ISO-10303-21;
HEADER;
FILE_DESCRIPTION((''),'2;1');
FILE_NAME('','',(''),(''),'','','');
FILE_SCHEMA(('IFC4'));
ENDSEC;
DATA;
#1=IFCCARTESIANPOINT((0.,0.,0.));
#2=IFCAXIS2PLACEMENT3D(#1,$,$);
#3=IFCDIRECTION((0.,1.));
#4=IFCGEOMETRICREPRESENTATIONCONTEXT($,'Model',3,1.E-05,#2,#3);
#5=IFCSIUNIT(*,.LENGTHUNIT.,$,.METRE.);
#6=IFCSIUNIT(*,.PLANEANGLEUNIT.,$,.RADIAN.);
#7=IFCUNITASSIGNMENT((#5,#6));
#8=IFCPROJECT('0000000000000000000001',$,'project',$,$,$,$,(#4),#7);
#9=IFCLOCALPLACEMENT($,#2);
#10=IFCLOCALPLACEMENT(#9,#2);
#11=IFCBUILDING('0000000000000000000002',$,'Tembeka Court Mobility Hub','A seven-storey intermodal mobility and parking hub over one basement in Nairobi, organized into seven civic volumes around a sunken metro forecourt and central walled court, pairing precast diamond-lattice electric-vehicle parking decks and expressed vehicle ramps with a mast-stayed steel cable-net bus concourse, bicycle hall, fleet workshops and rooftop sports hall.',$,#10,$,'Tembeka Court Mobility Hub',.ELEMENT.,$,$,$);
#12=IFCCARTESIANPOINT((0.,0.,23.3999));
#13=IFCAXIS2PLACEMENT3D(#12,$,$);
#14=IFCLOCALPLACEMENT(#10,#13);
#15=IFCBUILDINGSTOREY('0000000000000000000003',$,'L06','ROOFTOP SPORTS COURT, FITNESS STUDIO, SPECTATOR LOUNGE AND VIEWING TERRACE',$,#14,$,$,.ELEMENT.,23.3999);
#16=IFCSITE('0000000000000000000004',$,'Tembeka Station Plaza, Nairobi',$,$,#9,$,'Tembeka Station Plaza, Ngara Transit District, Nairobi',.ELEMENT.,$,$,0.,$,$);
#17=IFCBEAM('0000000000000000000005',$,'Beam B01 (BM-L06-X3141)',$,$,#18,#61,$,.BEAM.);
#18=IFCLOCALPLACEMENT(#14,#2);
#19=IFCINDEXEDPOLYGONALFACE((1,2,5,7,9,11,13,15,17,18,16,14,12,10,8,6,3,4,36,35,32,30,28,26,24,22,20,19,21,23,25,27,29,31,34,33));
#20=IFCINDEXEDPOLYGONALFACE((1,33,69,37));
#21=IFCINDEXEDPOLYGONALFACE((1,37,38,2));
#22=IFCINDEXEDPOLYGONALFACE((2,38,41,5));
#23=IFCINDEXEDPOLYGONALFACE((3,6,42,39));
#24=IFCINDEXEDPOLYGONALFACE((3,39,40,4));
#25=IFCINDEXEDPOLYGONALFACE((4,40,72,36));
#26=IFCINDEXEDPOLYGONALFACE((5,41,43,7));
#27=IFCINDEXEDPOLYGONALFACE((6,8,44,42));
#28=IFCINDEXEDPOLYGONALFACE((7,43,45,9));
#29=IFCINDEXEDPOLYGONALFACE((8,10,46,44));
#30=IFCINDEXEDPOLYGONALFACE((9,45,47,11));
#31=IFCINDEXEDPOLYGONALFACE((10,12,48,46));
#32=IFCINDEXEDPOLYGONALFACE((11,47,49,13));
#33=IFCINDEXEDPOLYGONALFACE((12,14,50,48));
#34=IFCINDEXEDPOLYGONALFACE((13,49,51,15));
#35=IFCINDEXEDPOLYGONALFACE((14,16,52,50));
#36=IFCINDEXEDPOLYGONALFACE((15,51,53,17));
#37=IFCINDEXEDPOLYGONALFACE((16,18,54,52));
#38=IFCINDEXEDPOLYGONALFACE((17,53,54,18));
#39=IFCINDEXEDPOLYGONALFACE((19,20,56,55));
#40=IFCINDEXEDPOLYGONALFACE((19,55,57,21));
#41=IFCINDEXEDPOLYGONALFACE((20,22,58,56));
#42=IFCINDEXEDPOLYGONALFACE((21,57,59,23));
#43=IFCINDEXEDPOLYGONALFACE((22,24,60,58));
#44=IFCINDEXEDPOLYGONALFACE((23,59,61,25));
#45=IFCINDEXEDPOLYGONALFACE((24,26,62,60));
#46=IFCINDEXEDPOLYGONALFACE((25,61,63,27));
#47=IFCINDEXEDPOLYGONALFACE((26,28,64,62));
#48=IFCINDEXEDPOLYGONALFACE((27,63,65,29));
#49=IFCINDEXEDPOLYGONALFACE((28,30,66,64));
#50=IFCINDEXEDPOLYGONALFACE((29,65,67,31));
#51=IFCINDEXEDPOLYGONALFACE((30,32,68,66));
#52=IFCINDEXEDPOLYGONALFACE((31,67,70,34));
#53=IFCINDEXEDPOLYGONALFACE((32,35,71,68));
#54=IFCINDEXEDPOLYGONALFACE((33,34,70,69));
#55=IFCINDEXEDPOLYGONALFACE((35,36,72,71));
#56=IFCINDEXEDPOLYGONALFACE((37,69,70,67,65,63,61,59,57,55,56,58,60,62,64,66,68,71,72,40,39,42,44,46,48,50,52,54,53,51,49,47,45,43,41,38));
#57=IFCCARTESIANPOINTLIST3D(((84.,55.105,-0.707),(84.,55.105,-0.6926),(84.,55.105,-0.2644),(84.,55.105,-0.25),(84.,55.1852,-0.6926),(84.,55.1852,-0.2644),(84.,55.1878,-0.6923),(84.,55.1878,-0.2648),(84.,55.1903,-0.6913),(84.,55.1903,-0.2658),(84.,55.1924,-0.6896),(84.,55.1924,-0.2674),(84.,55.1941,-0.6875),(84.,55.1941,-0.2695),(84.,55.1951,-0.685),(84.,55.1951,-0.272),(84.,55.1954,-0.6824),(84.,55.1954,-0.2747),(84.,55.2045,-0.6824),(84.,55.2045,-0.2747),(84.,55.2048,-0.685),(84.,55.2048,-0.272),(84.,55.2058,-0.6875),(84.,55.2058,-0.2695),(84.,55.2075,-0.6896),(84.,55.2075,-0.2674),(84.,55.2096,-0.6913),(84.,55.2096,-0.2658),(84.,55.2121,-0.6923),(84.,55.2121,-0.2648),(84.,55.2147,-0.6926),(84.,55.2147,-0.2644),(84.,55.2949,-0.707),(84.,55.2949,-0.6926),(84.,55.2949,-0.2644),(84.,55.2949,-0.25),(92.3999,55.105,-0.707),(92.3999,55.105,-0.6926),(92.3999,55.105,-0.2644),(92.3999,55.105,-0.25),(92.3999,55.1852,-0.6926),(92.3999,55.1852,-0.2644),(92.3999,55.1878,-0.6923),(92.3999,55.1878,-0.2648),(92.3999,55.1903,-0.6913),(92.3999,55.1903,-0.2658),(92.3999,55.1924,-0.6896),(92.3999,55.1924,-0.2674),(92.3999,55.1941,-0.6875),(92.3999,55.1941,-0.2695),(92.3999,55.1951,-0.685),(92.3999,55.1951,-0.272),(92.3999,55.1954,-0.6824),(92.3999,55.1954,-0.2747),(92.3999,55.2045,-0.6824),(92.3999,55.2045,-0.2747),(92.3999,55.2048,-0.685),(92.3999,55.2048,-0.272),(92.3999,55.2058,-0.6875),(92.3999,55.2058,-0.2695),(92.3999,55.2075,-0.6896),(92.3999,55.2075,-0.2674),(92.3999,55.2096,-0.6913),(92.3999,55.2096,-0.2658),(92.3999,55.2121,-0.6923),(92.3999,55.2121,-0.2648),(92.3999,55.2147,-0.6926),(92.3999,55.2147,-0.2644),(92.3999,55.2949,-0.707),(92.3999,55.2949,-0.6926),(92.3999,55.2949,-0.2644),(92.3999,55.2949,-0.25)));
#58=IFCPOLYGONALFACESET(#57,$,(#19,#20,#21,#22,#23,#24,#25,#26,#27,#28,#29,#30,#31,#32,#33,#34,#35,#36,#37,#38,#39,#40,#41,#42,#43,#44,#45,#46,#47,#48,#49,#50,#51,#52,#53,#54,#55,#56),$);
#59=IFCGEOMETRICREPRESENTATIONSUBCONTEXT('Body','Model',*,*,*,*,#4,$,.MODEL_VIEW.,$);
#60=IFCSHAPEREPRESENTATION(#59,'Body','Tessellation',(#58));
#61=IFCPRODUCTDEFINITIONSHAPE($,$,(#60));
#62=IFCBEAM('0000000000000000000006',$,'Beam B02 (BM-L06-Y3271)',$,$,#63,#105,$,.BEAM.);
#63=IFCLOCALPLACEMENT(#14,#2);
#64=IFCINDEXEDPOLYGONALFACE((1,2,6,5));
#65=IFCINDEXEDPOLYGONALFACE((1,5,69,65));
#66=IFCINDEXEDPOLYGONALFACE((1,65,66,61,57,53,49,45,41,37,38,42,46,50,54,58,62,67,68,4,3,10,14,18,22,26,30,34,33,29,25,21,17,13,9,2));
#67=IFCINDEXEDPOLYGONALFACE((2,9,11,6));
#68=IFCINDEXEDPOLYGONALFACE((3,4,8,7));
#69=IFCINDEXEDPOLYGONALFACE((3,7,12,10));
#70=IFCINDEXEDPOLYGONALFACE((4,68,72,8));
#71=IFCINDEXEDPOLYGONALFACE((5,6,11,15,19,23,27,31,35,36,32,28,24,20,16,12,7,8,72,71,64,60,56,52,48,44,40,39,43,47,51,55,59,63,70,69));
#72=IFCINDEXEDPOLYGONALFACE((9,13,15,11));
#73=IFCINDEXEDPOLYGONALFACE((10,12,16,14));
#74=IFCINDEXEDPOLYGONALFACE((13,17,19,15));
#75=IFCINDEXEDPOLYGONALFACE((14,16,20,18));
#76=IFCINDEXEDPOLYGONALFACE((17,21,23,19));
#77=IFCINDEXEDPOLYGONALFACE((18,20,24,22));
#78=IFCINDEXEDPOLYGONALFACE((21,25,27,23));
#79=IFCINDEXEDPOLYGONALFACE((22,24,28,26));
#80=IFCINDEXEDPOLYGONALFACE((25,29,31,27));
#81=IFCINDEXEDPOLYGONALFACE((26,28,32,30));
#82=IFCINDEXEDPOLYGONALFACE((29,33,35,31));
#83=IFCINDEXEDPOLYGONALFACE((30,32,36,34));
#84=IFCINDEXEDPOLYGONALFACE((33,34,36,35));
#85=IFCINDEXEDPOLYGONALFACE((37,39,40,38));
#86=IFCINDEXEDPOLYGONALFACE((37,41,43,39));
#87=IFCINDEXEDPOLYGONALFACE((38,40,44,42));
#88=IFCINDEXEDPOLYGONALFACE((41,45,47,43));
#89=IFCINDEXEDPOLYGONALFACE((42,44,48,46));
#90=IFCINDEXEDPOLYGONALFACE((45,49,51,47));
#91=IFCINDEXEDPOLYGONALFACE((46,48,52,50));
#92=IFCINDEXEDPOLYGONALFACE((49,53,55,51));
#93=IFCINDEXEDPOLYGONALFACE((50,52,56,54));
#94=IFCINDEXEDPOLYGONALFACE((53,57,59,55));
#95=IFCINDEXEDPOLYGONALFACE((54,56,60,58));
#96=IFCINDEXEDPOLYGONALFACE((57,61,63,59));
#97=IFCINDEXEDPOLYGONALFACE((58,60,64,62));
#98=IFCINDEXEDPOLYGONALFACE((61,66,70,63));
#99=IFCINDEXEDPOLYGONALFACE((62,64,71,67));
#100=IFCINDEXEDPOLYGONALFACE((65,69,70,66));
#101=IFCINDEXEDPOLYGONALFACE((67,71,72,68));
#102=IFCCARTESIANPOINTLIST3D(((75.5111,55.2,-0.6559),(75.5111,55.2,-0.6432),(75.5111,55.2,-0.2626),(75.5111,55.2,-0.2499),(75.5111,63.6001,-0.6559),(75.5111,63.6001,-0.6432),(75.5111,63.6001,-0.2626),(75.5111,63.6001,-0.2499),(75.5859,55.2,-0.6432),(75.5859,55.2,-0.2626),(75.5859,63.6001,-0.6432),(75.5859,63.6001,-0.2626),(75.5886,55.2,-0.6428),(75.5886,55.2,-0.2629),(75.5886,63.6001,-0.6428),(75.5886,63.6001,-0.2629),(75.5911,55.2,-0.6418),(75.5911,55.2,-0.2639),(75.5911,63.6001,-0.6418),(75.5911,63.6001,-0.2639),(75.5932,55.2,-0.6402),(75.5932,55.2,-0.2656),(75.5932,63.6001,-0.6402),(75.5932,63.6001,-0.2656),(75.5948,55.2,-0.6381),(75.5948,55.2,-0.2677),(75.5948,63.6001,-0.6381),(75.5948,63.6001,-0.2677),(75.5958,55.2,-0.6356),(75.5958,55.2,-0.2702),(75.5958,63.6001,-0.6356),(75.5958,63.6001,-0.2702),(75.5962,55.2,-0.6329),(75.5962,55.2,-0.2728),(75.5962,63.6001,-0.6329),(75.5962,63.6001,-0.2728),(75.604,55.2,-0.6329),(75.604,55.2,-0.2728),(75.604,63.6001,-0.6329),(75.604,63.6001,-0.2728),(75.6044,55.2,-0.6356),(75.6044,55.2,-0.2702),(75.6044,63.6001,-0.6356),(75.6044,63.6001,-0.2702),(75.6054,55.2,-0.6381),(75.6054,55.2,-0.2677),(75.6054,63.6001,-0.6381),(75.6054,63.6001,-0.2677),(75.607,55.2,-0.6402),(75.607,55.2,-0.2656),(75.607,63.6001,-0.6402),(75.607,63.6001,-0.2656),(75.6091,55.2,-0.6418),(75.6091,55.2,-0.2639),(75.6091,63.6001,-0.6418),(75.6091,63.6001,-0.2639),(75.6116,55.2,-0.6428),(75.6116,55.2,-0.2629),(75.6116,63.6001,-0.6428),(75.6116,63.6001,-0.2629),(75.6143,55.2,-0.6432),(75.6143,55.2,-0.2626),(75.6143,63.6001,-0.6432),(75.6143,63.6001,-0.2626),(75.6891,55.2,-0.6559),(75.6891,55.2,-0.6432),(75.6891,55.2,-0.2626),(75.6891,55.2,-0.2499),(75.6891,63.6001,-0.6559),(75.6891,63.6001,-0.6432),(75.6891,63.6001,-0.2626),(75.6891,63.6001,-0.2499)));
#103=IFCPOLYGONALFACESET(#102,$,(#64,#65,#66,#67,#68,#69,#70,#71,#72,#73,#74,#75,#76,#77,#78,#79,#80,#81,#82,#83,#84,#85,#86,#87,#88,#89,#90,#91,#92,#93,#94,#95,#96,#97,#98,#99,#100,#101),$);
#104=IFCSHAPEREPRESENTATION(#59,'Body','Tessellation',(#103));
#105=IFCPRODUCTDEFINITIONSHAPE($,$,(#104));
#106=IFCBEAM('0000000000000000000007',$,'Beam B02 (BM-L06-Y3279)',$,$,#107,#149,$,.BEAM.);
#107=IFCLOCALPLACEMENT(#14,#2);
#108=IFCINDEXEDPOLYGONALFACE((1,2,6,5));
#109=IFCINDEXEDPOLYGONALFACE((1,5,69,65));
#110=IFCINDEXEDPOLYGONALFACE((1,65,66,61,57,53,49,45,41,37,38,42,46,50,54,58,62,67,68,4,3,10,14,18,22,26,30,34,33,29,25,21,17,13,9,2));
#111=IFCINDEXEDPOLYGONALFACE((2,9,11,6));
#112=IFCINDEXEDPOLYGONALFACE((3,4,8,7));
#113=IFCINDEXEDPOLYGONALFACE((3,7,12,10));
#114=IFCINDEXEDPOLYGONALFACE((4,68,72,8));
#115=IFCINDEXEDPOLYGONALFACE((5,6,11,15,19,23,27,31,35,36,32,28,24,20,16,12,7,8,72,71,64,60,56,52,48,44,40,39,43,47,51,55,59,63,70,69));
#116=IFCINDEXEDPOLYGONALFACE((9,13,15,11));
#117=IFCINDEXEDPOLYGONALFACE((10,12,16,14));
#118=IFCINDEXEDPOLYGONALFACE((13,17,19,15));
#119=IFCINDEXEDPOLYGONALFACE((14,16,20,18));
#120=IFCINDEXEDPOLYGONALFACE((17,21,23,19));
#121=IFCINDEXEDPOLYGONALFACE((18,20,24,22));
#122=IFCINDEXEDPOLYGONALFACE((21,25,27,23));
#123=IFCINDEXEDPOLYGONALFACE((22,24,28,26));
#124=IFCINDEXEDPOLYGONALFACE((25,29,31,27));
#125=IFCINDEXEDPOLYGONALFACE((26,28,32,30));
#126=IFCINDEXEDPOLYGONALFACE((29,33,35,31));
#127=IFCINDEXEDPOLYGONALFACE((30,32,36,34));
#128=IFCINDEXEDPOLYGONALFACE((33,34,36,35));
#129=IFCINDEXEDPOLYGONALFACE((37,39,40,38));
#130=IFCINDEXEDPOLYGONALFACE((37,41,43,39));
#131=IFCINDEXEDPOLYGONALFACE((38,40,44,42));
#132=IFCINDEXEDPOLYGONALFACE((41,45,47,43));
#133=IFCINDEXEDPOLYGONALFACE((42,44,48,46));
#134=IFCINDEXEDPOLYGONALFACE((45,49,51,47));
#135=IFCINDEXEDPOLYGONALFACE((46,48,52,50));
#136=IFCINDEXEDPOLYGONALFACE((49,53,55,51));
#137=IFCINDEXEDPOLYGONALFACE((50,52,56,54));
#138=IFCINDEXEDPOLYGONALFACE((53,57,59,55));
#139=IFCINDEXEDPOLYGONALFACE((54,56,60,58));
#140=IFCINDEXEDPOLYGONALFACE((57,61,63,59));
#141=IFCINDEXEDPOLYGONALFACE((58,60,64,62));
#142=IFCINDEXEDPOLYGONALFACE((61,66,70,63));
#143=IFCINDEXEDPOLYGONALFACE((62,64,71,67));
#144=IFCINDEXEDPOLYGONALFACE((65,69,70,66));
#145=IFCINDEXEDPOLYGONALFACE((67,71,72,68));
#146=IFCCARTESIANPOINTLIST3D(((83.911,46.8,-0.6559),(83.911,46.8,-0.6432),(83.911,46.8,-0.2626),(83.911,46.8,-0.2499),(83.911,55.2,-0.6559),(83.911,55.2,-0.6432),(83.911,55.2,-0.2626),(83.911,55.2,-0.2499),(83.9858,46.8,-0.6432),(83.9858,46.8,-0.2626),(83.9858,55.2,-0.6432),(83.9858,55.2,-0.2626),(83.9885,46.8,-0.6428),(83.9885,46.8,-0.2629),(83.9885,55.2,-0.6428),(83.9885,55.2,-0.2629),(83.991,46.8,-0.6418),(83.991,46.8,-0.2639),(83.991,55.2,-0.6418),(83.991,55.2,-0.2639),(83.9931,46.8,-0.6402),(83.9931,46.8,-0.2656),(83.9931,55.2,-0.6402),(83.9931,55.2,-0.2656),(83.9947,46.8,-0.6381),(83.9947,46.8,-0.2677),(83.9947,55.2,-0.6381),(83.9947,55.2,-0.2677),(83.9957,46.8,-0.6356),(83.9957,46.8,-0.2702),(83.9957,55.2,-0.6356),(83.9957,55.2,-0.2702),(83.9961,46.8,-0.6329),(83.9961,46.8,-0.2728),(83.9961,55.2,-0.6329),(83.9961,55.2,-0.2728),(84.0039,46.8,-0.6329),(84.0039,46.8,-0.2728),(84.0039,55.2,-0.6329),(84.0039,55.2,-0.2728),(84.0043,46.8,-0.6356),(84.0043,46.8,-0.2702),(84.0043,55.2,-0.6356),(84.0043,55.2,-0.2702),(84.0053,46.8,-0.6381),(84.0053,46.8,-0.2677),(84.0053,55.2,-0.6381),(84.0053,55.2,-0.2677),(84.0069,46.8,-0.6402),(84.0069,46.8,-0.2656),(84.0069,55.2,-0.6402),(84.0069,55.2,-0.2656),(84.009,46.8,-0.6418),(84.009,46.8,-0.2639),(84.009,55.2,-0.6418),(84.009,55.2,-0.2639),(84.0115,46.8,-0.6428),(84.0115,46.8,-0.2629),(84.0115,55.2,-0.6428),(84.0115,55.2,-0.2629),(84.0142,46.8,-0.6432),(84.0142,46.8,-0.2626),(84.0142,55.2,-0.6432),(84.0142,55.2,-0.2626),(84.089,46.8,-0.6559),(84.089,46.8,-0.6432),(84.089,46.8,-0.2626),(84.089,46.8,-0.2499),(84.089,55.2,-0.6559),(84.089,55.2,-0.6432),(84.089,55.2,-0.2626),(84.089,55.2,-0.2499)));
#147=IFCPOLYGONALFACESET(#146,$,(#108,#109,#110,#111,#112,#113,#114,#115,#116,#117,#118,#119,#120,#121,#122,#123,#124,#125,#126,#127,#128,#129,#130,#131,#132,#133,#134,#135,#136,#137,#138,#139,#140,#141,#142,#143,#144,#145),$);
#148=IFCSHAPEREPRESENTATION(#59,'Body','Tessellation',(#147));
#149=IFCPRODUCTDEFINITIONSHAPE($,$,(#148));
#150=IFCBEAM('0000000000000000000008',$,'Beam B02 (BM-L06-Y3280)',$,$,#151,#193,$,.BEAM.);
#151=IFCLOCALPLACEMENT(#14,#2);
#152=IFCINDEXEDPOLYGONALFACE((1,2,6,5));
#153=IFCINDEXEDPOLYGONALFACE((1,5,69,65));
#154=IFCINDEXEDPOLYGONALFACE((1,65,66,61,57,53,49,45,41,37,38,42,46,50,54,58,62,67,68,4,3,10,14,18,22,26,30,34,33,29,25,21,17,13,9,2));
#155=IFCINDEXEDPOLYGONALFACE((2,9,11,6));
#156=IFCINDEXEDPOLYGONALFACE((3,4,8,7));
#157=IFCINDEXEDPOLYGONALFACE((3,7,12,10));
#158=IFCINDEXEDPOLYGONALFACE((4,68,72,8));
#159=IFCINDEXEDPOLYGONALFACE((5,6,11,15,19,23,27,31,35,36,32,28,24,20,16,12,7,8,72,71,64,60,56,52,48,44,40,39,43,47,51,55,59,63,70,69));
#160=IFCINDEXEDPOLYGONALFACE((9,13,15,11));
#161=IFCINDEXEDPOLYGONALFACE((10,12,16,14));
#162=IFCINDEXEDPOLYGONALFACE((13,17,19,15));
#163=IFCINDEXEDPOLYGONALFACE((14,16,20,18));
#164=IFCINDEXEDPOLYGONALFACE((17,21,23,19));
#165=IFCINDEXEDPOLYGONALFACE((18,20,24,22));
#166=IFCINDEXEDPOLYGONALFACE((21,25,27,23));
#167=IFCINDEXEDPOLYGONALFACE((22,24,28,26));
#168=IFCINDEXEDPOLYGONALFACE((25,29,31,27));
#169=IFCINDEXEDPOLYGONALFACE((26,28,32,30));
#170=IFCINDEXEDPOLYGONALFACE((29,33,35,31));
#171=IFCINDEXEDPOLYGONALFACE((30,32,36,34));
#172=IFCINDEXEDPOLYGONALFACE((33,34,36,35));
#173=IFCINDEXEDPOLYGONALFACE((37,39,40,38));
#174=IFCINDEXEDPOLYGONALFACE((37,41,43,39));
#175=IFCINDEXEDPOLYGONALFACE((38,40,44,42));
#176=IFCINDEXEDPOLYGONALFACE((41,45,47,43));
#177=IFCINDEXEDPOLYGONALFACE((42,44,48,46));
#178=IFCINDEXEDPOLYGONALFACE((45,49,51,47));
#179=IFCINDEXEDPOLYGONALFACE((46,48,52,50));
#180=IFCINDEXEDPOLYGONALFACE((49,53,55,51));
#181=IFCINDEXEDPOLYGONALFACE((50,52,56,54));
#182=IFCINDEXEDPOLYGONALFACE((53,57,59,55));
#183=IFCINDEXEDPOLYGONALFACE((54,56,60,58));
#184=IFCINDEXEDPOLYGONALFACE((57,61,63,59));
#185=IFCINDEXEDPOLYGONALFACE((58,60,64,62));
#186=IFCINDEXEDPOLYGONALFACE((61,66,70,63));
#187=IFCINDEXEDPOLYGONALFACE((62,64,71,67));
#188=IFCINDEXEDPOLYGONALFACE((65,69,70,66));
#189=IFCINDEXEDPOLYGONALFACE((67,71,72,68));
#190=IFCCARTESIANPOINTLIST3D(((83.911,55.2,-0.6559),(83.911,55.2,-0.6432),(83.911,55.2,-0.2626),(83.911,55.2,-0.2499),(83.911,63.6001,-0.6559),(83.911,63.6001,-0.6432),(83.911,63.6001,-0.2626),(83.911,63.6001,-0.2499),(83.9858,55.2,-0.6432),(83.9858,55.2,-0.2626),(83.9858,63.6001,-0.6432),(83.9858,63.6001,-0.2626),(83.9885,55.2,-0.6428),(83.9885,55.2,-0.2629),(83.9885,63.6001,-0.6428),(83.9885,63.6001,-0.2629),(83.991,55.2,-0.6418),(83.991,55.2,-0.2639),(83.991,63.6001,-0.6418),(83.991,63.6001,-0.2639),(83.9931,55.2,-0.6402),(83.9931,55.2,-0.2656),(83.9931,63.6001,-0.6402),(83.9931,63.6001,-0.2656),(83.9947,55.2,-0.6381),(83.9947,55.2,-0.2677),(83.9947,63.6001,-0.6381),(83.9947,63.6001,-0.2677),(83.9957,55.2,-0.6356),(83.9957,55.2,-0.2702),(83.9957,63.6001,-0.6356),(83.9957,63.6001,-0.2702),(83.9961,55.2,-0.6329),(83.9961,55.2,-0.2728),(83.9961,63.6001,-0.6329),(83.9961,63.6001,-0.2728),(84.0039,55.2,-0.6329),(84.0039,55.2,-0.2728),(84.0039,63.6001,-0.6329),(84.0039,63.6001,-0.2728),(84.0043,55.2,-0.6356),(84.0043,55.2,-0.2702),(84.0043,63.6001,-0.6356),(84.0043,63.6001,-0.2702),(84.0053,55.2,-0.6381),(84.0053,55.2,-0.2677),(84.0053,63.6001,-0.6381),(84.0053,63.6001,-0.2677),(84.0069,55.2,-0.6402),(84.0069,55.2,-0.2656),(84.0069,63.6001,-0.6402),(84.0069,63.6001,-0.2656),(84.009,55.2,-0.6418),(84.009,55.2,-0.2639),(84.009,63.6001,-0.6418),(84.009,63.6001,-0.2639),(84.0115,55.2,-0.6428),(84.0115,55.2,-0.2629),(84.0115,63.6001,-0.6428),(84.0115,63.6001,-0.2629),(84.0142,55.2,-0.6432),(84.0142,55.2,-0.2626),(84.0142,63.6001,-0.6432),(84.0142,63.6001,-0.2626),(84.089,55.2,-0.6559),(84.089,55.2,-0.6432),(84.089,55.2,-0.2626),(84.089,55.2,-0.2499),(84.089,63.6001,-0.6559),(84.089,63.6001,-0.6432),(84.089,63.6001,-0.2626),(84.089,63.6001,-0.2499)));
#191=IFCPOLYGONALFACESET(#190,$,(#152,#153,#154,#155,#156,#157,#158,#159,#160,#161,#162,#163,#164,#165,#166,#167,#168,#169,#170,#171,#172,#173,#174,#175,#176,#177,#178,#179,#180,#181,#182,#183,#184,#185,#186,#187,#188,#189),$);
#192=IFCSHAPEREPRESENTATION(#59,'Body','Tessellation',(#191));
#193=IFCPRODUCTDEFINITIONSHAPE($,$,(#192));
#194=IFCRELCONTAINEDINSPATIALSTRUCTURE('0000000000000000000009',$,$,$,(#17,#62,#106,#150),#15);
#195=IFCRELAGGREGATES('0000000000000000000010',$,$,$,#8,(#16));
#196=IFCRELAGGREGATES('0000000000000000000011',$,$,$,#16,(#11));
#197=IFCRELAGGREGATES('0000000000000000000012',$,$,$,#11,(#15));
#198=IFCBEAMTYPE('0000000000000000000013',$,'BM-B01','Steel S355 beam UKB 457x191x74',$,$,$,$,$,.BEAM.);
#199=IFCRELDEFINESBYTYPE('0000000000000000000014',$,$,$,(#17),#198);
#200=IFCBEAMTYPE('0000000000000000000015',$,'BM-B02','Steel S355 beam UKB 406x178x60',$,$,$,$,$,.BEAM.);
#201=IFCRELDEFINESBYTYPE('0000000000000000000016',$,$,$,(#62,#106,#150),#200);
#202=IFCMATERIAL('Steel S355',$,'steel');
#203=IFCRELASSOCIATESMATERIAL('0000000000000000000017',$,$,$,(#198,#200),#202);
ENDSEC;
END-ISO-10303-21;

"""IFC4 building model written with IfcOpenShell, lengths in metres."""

from ifc_helpers import new_model, si_unit, direction, frame, origin, origin_2d, place, context, subcontext, project, spatial, i_section, extrude, material, material_profile, profile_set, type_object, element, save


model = new_model("IFC4")

# Units and contexts
model_context = context("Model", 3, precision=1e-05, world=origin(), true_north=direction((0.0, 1.0)))
body_context = subcontext(model_context, "Body", "Model", "MODEL_VIEW")
ifc_project = project(units=[si_unit("LENGTHUNIT", "METRE"), si_unit("PLANEANGLEUNIT", "RADIAN")], contexts=[model_context])

# Site, building, storey
site_placement = place(None, origin())
site = spatial("IfcSite", under=ifc_project, at=site_placement, Name="Tembeka Station Plaza, Nairobi", LongName="Tembeka Station Plaza, Ngara Transit District, Nairobi", CompositionType="ELEMENT", RefElevation=0.0)
building_placement = place(site_placement, origin())
building = spatial("IfcBuilding", under=site, at=building_placement, Name="Tembeka Court Mobility Hub", Description="A seven-storey intermodal mobility and parking hub over one basement in Nairobi, organized into seven civic volumes around a sunken metro forecourt and central walled court, pairing precast diamond-lattice electric-vehicle parking decks and expressed vehicle ramps with a mast-stayed steel cable-net bus concourse, bicycle hall, fleet workshops and rooftop sports hall.", LongName="Tembeka Court Mobility Hub", CompositionType="ELEMENT")
storey_placement = place(building_placement, frame((0.0, 0.0, 23.3999)))
storey = spatial("IfcBuildingStorey", under=building, at=storey_placement, Name="L06", Description="ROOFTOP SPORTS COURT, FITNESS STUDIO, SPECTATOR LOUNGE AND VIEWING TERRACE", CompositionType="ELEMENT", Elevation=23.3999)

# Shared definitions
ifc_material_1 = material(Name="Steel S355", Category="steel")

# Beams
ifc_material_profile_1 = material_profile(ifc_material_1, i_section(OverallWidth=0.1899, OverallDepth=0.457, WebThickness=0.009, FlangeThickness=0.0144, FilletRadius=0.0103, at=origin_2d()), Name="UKB 457x191x74")
ifc_profile_set_1 = profile_set([ifc_material_profile_1], Name="Steel S355")
beam_type_1 = type_object("IfcBeamType", Name="BM-B01", Description="Steel S355 beam UKB 457x191x74", PredefinedType="BEAM", material=ifc_profile_set_1)
beam_1_placement = place(storey_placement, frame((84.0, 55.2, -0.4785), z_axis=(1.0, 0.0, 0.0), x_axis=(0.0, 1.0, 0.0)))
element("IfcBeam", 1, at=beam_1_placement, inside=storey, type_object=beam_type_1, Name="Beam B01 (BM-L06-X3141)", PredefinedType="BEAM", context=body_context, shape_type="SweptSolid", body=[
    extrude(i_section(OverallWidth=0.1899, OverallDepth=0.457, WebThickness=0.009, FlangeThickness=0.0144, FilletRadius=0.0103, at=origin_2d()), origin(), (0.0, 0.0, 1.0), 8.3999),
])
ifc_material_profile_2 = material_profile(ifc_material_1, i_section(OverallWidth=0.178, OverallDepth=0.406, WebThickness=0.0078, FlangeThickness=0.0127, FilletRadius=0.0103, at=origin_2d()), Name="UKB 406x178x60")
ifc_profile_set_2 = profile_set([ifc_material_profile_2], Name="Steel S355")
beam_type_2 = type_object("IfcBeamType", Name="BM-B02", Description="Steel S355 beam UKB 406x178x60", PredefinedType="BEAM", material=ifc_profile_set_2)
beam_2_placement = place(storey_placement, frame((75.6001, 55.2, -0.4529), z_axis=(0.0, 1.0, 0.0), x_axis=(-1.0, 0.0, 0.0)))
element("IfcBeam", 2, at=beam_2_placement, inside=storey, type_object=beam_type_2, Name="Beam B02 (BM-L06-Y3271)", PredefinedType="BEAM", context=body_context, shape_type="SweptSolid", body=[
    extrude(i_section(OverallWidth=0.178, OverallDepth=0.406, WebThickness=0.0078, FlangeThickness=0.0127, FilletRadius=0.0103, at=origin_2d()), origin(), (0.0, 0.0, 1.0), 8.4001),
])
beam_3_placement = place(storey_placement, frame((84.0, 46.8, -0.4529), z_axis=(0.0, 1.0, 0.0), x_axis=(-1.0, 0.0, 0.0)))
element("IfcBeam", 3, at=beam_3_placement, inside=storey, type_object=beam_type_2, Name="Beam B02 (BM-L06-Y3279)", PredefinedType="BEAM", context=body_context, shape_type="SweptSolid", body=[
    extrude(i_section(OverallWidth=0.178, OverallDepth=0.406, WebThickness=0.0078, FlangeThickness=0.0127, FilletRadius=0.0103, at=origin_2d()), origin(), (0.0, 0.0, 1.0), 8.3999),
])
beam_4_placement = place(storey_placement, frame((84.0, 55.2, -0.4529), z_axis=(0.0, 1.0, 0.0), x_axis=(-1.0, 0.0, 0.0)))
element("IfcBeam", 4, at=beam_4_placement, inside=storey, type_object=beam_type_2, Name="Beam B02 (BM-L06-Y3280)", PredefinedType="BEAM", context=body_context, shape_type="SweptSolid", body=[
    extrude(i_section(OverallWidth=0.178, OverallDepth=0.406, WebThickness=0.0078, FlangeThickness=0.0127, FilletRadius=0.0103, at=origin_2d()), origin(), (0.0, 0.0, 1.0), 8.4001),
])

save(model, "model.ifc")
